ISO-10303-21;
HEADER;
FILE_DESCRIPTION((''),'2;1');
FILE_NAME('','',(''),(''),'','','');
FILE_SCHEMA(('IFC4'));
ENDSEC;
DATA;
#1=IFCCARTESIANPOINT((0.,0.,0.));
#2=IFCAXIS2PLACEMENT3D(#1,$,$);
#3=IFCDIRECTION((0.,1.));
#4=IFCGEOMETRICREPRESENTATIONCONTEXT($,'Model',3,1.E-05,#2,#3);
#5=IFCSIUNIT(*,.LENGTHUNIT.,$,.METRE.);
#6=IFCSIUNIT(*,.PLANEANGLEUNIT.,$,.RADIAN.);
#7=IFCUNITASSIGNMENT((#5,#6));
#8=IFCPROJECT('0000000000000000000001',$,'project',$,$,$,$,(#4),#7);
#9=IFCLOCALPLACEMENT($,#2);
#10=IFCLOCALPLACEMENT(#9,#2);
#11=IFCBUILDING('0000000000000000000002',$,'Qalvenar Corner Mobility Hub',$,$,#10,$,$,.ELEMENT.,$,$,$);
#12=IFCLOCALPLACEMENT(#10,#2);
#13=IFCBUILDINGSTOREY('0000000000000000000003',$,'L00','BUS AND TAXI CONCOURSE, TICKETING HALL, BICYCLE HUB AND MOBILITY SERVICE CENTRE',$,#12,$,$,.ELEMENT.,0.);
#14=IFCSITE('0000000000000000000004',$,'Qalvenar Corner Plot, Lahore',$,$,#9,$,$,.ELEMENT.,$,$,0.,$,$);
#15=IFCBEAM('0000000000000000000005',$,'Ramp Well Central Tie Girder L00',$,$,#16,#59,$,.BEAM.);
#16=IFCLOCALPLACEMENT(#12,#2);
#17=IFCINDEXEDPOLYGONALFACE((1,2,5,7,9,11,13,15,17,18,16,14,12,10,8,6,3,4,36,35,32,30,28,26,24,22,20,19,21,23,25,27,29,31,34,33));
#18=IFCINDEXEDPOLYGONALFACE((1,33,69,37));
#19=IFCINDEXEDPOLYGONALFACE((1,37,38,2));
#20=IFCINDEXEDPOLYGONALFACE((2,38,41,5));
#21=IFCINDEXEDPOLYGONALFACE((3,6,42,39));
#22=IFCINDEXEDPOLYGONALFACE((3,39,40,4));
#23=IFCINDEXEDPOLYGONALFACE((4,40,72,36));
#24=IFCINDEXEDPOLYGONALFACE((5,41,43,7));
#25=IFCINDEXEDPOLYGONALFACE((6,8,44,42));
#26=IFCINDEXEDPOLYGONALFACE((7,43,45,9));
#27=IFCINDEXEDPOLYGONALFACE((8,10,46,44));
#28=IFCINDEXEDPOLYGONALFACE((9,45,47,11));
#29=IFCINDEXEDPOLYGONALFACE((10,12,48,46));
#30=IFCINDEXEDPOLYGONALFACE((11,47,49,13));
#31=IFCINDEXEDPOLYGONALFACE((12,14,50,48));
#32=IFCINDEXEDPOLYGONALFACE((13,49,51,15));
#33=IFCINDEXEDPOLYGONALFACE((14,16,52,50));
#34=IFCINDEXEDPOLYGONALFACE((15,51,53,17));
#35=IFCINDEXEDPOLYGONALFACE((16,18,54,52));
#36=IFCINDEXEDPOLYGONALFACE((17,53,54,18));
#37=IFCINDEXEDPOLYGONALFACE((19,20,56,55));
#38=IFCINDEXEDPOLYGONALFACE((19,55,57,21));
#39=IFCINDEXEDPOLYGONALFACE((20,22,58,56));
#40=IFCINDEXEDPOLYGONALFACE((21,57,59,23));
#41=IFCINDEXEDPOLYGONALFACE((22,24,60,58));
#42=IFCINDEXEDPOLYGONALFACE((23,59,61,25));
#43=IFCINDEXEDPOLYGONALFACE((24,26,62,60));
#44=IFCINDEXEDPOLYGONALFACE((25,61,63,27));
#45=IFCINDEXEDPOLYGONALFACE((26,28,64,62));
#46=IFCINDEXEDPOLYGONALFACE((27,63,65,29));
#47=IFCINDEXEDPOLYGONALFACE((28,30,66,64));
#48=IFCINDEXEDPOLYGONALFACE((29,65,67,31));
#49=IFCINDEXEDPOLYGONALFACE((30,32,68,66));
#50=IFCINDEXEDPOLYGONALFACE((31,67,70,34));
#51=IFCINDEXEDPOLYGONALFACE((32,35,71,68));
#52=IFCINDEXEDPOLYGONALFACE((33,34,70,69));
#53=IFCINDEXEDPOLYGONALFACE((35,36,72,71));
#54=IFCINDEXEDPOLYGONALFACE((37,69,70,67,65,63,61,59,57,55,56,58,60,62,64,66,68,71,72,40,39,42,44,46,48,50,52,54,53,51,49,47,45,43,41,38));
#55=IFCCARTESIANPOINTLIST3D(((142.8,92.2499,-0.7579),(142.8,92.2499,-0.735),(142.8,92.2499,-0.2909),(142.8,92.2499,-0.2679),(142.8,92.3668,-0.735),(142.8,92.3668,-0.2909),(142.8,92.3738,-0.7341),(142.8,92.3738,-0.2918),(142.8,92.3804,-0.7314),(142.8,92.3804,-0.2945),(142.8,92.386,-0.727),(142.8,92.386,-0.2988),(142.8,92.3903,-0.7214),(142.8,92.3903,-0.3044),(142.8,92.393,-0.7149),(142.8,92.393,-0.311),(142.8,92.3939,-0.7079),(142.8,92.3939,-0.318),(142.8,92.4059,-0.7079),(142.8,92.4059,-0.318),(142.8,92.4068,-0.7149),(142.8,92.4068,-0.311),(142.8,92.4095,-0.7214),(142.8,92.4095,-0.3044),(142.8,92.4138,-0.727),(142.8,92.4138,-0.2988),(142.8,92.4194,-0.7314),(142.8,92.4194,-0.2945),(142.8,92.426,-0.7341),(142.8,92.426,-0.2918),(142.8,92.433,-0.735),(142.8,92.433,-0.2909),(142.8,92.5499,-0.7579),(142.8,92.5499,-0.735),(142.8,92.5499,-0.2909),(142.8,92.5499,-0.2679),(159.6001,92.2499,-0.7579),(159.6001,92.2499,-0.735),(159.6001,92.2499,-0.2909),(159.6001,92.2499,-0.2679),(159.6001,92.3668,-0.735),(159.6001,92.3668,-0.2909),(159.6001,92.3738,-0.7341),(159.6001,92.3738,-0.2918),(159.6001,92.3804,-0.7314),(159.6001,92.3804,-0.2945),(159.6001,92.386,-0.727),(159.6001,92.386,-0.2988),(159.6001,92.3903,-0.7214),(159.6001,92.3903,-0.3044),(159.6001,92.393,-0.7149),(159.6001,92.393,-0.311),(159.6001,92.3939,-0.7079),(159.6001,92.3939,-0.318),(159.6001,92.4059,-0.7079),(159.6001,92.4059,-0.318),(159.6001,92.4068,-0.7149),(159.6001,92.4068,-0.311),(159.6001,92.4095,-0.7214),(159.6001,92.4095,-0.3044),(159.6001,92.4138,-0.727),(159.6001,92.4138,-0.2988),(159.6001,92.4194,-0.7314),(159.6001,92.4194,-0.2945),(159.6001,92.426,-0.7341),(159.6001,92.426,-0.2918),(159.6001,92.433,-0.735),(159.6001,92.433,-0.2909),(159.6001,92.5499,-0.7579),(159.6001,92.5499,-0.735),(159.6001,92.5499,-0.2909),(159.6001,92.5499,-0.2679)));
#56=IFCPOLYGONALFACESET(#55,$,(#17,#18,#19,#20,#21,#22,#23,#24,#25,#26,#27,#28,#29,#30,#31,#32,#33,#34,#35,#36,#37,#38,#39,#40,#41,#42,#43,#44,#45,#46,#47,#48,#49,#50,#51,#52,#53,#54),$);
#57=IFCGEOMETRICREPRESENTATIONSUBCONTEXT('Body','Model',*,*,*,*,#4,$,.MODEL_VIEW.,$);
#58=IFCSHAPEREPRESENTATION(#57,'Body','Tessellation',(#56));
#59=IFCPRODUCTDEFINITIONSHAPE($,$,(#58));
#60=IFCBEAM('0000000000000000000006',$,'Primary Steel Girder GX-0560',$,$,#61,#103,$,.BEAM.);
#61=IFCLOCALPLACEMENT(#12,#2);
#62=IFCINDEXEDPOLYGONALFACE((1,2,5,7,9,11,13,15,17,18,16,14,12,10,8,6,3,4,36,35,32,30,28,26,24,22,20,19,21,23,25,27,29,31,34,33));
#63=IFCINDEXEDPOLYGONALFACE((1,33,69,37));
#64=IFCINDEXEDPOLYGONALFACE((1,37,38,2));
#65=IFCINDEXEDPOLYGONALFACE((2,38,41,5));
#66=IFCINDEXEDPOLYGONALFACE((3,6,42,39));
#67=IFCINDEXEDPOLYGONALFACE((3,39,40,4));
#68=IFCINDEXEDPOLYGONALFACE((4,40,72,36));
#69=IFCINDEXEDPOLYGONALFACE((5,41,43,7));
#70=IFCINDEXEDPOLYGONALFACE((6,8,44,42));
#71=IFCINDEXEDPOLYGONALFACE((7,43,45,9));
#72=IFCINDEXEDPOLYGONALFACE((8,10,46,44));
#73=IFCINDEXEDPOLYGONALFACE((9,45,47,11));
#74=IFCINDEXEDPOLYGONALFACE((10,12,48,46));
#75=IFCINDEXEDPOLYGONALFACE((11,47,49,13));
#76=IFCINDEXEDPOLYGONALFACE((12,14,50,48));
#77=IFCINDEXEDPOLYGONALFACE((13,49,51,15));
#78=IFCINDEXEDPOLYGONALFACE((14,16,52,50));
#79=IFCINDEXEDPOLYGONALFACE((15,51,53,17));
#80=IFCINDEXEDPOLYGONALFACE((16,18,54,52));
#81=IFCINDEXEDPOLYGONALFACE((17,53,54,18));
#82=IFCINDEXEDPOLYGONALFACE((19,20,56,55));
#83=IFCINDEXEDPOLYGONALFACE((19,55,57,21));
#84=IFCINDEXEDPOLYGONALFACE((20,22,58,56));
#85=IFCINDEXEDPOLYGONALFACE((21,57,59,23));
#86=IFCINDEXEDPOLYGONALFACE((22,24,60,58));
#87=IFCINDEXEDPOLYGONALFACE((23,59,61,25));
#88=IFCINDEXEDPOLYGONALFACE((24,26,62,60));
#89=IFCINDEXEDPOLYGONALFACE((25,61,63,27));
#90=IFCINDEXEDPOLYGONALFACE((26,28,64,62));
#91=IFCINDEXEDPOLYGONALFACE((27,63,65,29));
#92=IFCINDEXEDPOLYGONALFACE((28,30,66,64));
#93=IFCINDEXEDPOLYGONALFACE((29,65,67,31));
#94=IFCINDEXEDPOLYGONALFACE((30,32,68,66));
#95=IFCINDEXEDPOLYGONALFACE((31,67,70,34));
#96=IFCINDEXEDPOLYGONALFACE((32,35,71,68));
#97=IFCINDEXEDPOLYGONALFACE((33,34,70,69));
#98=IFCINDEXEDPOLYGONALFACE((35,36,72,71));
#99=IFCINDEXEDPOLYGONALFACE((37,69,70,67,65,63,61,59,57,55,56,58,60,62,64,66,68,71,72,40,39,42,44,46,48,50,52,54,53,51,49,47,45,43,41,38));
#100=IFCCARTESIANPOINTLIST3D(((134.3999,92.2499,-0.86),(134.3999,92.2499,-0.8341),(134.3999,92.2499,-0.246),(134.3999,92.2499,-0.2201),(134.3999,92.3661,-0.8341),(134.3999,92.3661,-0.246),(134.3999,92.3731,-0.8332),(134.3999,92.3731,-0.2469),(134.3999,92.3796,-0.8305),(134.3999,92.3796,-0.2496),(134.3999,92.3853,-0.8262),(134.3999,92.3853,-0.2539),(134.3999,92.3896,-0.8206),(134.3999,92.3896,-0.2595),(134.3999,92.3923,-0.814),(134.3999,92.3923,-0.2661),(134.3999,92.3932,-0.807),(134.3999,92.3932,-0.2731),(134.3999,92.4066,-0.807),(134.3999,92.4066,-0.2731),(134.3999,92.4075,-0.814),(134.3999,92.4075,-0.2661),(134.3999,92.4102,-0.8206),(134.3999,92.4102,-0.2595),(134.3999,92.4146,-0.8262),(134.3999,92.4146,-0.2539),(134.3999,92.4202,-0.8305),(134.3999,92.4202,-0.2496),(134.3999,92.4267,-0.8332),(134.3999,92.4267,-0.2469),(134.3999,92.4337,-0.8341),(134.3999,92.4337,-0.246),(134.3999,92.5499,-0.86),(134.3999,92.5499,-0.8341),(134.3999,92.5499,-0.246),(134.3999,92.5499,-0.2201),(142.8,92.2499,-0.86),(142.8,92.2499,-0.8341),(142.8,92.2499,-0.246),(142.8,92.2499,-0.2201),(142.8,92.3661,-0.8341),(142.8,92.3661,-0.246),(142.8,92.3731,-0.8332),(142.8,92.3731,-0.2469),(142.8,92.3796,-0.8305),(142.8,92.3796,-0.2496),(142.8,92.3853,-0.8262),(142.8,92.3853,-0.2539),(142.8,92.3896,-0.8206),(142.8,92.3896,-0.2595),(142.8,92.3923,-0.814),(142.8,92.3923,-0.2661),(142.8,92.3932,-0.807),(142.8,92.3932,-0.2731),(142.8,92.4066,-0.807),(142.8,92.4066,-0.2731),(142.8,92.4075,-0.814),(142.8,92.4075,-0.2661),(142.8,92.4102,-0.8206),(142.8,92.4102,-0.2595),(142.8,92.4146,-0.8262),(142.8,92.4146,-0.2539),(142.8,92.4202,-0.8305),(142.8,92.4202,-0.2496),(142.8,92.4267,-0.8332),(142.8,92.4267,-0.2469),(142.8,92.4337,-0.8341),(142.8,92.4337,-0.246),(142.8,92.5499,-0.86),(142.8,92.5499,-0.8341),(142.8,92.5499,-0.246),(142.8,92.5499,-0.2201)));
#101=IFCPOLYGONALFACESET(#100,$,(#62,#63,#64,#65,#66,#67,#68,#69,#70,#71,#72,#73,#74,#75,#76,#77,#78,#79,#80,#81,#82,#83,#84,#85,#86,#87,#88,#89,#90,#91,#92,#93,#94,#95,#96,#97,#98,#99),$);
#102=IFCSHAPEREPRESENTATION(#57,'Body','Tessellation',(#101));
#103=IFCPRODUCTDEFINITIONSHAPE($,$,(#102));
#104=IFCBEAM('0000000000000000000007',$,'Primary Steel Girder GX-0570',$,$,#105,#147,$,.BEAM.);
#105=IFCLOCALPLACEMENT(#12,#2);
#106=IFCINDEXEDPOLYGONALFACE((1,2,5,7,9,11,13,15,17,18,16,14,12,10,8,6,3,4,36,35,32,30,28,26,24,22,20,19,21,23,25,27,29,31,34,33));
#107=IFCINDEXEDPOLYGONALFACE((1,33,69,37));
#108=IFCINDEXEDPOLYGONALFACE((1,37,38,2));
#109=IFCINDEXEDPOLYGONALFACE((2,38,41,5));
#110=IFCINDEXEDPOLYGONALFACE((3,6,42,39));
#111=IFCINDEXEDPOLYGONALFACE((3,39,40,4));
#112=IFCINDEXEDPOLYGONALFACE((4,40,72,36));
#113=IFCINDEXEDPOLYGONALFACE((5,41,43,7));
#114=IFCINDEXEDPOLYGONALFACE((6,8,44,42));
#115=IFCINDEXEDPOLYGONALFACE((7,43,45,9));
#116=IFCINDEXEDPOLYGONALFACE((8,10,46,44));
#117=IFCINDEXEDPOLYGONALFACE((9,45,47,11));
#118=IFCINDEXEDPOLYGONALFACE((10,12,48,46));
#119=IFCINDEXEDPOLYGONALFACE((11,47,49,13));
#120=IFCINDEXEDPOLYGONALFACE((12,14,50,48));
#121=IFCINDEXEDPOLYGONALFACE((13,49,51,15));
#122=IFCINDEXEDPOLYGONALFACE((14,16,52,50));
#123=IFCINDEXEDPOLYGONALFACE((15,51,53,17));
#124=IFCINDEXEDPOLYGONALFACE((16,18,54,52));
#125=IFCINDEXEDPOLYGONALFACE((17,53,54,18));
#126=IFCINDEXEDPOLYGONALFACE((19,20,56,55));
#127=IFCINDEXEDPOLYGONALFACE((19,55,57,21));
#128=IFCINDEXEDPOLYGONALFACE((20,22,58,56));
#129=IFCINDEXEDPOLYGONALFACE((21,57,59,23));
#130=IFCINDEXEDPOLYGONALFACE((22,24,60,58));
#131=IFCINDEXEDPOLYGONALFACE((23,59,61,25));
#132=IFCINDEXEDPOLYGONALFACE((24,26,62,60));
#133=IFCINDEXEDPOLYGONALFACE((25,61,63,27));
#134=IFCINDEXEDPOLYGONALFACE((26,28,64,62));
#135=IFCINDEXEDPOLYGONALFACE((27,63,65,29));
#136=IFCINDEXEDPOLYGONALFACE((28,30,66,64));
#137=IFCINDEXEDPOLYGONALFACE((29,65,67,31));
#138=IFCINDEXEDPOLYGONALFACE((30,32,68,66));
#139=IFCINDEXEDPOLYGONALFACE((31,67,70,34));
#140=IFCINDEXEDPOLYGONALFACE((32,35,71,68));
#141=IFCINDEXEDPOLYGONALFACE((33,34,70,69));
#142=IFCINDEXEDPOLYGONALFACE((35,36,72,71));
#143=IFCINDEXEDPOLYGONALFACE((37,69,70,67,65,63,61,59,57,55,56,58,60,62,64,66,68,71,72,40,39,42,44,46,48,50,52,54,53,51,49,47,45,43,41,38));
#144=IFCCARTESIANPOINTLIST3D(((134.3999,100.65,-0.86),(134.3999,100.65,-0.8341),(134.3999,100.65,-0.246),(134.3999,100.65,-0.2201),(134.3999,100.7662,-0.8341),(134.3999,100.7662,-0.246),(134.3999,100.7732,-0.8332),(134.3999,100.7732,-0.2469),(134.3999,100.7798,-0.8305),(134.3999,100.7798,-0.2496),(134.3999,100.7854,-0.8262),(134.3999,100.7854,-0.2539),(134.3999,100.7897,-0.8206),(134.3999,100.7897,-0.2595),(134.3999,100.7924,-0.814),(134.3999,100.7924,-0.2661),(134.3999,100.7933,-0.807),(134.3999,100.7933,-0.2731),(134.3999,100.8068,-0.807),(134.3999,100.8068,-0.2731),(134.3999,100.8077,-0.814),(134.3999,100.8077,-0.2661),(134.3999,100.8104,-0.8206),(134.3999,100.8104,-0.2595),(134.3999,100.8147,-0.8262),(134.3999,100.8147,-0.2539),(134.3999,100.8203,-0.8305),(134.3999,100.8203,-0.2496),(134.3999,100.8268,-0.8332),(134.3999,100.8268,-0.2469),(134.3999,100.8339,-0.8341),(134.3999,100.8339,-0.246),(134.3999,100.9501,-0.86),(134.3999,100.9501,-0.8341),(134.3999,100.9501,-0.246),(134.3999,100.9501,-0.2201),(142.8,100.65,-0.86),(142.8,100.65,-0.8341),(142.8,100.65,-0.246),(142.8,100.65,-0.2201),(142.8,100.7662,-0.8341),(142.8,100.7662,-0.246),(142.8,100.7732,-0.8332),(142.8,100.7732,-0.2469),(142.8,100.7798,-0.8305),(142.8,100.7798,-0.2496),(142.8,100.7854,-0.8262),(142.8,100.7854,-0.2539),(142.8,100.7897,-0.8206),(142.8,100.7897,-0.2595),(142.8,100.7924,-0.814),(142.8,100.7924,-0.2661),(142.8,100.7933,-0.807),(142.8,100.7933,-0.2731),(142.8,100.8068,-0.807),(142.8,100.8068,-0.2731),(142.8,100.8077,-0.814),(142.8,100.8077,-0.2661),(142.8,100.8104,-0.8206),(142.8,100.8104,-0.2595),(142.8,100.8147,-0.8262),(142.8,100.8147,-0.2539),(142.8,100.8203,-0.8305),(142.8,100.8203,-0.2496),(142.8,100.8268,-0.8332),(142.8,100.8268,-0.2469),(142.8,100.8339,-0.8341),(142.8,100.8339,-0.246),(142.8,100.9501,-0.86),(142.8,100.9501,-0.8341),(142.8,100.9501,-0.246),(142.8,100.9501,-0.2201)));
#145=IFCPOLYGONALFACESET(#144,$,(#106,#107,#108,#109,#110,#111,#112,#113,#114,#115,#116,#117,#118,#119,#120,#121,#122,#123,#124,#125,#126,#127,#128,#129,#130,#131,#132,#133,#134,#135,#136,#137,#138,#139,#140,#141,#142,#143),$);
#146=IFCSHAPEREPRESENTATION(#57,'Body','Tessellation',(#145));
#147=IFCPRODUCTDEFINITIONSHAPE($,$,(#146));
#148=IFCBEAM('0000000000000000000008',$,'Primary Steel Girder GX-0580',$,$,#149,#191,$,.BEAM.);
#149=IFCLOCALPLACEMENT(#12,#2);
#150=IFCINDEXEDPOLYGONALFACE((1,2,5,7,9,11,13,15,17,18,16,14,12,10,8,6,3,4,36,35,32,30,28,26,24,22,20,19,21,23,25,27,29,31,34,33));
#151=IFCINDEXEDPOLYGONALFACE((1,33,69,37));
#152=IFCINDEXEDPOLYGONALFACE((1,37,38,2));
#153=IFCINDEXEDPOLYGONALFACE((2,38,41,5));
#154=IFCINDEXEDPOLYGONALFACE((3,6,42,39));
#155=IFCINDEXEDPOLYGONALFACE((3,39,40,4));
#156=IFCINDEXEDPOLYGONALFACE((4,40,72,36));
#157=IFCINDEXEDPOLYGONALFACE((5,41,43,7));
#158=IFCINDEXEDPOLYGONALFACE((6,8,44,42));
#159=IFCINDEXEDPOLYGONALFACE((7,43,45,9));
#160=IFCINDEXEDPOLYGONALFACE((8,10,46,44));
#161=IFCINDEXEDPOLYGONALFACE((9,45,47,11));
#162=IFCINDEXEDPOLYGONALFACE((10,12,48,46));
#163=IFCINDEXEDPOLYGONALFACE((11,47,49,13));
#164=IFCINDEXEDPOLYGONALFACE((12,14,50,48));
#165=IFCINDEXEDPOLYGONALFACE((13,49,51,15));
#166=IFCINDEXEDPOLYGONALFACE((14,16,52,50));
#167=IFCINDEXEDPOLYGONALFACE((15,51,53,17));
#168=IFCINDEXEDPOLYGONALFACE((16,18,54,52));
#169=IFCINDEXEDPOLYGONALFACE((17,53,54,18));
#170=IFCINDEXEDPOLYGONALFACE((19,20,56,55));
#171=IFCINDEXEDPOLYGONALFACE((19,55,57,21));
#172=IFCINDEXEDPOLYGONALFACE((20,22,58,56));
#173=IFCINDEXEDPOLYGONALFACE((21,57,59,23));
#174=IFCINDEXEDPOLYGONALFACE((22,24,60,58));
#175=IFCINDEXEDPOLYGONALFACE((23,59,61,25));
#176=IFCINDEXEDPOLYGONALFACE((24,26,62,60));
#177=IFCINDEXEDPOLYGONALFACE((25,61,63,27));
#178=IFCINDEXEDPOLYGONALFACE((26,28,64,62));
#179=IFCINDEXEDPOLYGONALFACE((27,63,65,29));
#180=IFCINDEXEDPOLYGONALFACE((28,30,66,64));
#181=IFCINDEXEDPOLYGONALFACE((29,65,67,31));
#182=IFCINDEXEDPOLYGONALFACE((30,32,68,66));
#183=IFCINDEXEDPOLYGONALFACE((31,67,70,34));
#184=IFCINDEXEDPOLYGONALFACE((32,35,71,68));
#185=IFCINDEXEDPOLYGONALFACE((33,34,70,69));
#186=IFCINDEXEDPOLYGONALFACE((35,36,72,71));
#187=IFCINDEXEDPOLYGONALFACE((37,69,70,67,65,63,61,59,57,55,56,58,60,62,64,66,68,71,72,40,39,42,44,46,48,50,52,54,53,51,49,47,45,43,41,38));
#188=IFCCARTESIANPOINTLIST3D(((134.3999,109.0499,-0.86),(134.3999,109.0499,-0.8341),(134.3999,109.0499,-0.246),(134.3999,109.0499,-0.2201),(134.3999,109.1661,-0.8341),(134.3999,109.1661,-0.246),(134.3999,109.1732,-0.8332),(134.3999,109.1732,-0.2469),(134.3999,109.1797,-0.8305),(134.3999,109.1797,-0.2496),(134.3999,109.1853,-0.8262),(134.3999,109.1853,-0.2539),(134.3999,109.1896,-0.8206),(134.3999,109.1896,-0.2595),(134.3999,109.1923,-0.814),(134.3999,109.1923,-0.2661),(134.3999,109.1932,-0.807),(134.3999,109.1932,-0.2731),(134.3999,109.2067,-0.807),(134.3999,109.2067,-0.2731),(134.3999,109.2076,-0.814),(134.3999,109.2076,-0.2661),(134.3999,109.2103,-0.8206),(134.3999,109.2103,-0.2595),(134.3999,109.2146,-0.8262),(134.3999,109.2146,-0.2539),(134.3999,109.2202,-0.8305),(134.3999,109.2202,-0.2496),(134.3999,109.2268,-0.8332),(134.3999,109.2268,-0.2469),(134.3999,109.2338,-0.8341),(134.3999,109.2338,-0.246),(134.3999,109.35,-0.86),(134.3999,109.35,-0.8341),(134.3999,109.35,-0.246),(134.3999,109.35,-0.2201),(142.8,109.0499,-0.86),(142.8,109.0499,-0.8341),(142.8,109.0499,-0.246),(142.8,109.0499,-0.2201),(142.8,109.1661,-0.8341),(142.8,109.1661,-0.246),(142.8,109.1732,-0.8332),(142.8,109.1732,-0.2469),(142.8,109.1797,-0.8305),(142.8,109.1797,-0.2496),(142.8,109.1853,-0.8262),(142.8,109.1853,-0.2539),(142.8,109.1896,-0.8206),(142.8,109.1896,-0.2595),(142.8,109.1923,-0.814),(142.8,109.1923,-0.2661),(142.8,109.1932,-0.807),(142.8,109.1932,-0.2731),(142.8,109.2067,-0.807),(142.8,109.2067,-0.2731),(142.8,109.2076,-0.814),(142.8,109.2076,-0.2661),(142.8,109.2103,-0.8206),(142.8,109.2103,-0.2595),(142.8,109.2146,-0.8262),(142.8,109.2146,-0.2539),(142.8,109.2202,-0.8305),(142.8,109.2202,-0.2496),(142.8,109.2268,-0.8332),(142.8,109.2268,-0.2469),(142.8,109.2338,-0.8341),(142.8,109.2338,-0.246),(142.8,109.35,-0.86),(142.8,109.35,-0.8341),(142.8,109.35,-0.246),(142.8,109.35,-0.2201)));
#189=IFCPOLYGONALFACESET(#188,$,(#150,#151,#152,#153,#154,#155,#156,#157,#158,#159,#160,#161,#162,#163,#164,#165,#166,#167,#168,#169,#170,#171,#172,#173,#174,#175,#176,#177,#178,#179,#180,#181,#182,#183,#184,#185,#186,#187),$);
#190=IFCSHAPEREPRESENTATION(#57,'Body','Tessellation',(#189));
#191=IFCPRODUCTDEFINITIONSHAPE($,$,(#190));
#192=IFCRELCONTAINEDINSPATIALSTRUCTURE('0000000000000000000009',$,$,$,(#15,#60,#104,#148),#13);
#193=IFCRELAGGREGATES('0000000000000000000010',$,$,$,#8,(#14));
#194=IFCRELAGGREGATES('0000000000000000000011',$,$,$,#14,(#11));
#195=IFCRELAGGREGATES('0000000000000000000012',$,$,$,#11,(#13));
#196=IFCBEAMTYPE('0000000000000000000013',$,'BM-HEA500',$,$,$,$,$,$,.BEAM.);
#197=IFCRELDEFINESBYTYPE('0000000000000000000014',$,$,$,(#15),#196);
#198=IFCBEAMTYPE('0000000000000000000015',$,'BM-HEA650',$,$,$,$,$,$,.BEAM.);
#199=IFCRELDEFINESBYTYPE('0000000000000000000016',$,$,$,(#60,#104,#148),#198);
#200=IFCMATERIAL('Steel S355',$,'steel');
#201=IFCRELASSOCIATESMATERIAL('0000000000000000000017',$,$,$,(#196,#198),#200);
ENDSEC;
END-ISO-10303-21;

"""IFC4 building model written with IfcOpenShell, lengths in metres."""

from ifc_helpers import new_model, si_unit, direction, frame, origin, origin_2d, place, context, subcontext, project, spatial, i_section, extrude, material, material_profile, profile_set, type_object, element, save


model = new_model("IFC4")

# Units and contexts
model_context = context("Model", 3, precision=1e-05, world=origin(), true_north=direction((0.0, 1.0)))
body_context = subcontext(model_context, "Body", "Model", "MODEL_VIEW")
ifc_project = project(units=[si_unit("LENGTHUNIT", "METRE"), si_unit("PLANEANGLEUNIT", "RADIAN")], contexts=[model_context])

# Site, building, storey
site_placement = place(None, origin())
site = spatial("IfcSite", under=ifc_project, at=site_placement, Name="Qalvenar Corner Plot, Lahore", CompositionType="ELEMENT", RefElevation=0.0)
building_placement = place(site_placement, origin())
building = spatial("IfcBuilding", under=site, at=building_placement, Name="Qalvenar Corner Mobility Hub", CompositionType="ELEMENT")
storey_placement = place(building_placement, origin())
storey = spatial("IfcBuildingStorey", under=building, at=storey_placement, Name="L00", Description="BUS AND TAXI CONCOURSE, TICKETING HALL, BICYCLE HUB AND MOBILITY SERVICE CENTRE", CompositionType="ELEMENT", Elevation=0.0)

# Shared definitions
ifc_material_1 = material(Name="Steel S355", Category="steel")

# Beams
ifc_material_profile_1 = material_profile(ifc_material_1, i_section(OverallWidth=0.3, OverallDepth=0.49, WebThickness=0.012, FlangeThickness=0.0229, FilletRadius=0.0271, at=origin_2d()), Name="HEA500")
ifc_profile_set_1 = profile_set([ifc_material_profile_1], Name="Steel S355")
beam_type_1 = type_object("IfcBeamType", Name="BM-HEA500", PredefinedType="BEAM", material=ifc_profile_set_1)
beam_1_placement = place(storey_placement, frame((142.8, 92.3999, -0.5129), z_axis=(1.0, 0.0, 0.0), x_axis=(0.0, 1.0, 0.0)))
element("IfcBeam", 1, at=beam_1_placement, inside=storey, type_object=beam_type_1, Name="Ramp Well Central Tie Girder L00", PredefinedType="BEAM", context=body_context, shape_type="SweptSolid", body=[
    extrude(i_section(OverallWidth=0.3, OverallDepth=0.49, WebThickness=0.012, FlangeThickness=0.0229, FilletRadius=0.0271, at=origin_2d()), origin(), (0.0, 0.0, 1.0), 16.8),
])
ifc_material_profile_2 = material_profile(ifc_material_1, i_section(OverallWidth=0.3, OverallDepth=0.6399, WebThickness=0.0134, FlangeThickness=0.0259, FilletRadius=0.0271, at=origin_2d()), Name="HEA650")
ifc_profile_set_2 = profile_set([ifc_material_profile_2], Name="Steel S355")
beam_type_2 = type_object("IfcBeamType", Name="BM-HEA650", PredefinedType="BEAM", material=ifc_profile_set_2)
for number, where, z_axis, x_axis, name in (
    (2, (134.3999, 92.3999, -0.54), (1.0, 0.0, 0.0), (0.0, 1.0, 0.0), "Primary Steel Girder GX-0560"),
    (3, (134.3999, 100.8, -0.54), (1.0, 0.0, 0.0), (0.0, 1.0, 0.0), "Primary Steel Girder GX-0570"),
    (4, (134.3999, 109.2, -0.54), (1.0, 0.0, 0.0), (0.0, 1.0, 0.0), "Primary Steel Girder GX-0580"),
):
    element("IfcBeam", number, at=place(storey_placement, frame(where, z_axis=z_axis, x_axis=x_axis)), inside=storey, type_object=beam_type_2, Name=name, PredefinedType="BEAM", context=body_context, shape_type="SweptSolid", body=[
        extrude(i_section(OverallWidth=0.3, OverallDepth=0.6399, WebThickness=0.0134, FlangeThickness=0.0259, FilletRadius=0.0271, at=origin_2d()), origin(), (0.0, 0.0, 1.0), 8.4001),
    ])

save(model, "model.ifc")
